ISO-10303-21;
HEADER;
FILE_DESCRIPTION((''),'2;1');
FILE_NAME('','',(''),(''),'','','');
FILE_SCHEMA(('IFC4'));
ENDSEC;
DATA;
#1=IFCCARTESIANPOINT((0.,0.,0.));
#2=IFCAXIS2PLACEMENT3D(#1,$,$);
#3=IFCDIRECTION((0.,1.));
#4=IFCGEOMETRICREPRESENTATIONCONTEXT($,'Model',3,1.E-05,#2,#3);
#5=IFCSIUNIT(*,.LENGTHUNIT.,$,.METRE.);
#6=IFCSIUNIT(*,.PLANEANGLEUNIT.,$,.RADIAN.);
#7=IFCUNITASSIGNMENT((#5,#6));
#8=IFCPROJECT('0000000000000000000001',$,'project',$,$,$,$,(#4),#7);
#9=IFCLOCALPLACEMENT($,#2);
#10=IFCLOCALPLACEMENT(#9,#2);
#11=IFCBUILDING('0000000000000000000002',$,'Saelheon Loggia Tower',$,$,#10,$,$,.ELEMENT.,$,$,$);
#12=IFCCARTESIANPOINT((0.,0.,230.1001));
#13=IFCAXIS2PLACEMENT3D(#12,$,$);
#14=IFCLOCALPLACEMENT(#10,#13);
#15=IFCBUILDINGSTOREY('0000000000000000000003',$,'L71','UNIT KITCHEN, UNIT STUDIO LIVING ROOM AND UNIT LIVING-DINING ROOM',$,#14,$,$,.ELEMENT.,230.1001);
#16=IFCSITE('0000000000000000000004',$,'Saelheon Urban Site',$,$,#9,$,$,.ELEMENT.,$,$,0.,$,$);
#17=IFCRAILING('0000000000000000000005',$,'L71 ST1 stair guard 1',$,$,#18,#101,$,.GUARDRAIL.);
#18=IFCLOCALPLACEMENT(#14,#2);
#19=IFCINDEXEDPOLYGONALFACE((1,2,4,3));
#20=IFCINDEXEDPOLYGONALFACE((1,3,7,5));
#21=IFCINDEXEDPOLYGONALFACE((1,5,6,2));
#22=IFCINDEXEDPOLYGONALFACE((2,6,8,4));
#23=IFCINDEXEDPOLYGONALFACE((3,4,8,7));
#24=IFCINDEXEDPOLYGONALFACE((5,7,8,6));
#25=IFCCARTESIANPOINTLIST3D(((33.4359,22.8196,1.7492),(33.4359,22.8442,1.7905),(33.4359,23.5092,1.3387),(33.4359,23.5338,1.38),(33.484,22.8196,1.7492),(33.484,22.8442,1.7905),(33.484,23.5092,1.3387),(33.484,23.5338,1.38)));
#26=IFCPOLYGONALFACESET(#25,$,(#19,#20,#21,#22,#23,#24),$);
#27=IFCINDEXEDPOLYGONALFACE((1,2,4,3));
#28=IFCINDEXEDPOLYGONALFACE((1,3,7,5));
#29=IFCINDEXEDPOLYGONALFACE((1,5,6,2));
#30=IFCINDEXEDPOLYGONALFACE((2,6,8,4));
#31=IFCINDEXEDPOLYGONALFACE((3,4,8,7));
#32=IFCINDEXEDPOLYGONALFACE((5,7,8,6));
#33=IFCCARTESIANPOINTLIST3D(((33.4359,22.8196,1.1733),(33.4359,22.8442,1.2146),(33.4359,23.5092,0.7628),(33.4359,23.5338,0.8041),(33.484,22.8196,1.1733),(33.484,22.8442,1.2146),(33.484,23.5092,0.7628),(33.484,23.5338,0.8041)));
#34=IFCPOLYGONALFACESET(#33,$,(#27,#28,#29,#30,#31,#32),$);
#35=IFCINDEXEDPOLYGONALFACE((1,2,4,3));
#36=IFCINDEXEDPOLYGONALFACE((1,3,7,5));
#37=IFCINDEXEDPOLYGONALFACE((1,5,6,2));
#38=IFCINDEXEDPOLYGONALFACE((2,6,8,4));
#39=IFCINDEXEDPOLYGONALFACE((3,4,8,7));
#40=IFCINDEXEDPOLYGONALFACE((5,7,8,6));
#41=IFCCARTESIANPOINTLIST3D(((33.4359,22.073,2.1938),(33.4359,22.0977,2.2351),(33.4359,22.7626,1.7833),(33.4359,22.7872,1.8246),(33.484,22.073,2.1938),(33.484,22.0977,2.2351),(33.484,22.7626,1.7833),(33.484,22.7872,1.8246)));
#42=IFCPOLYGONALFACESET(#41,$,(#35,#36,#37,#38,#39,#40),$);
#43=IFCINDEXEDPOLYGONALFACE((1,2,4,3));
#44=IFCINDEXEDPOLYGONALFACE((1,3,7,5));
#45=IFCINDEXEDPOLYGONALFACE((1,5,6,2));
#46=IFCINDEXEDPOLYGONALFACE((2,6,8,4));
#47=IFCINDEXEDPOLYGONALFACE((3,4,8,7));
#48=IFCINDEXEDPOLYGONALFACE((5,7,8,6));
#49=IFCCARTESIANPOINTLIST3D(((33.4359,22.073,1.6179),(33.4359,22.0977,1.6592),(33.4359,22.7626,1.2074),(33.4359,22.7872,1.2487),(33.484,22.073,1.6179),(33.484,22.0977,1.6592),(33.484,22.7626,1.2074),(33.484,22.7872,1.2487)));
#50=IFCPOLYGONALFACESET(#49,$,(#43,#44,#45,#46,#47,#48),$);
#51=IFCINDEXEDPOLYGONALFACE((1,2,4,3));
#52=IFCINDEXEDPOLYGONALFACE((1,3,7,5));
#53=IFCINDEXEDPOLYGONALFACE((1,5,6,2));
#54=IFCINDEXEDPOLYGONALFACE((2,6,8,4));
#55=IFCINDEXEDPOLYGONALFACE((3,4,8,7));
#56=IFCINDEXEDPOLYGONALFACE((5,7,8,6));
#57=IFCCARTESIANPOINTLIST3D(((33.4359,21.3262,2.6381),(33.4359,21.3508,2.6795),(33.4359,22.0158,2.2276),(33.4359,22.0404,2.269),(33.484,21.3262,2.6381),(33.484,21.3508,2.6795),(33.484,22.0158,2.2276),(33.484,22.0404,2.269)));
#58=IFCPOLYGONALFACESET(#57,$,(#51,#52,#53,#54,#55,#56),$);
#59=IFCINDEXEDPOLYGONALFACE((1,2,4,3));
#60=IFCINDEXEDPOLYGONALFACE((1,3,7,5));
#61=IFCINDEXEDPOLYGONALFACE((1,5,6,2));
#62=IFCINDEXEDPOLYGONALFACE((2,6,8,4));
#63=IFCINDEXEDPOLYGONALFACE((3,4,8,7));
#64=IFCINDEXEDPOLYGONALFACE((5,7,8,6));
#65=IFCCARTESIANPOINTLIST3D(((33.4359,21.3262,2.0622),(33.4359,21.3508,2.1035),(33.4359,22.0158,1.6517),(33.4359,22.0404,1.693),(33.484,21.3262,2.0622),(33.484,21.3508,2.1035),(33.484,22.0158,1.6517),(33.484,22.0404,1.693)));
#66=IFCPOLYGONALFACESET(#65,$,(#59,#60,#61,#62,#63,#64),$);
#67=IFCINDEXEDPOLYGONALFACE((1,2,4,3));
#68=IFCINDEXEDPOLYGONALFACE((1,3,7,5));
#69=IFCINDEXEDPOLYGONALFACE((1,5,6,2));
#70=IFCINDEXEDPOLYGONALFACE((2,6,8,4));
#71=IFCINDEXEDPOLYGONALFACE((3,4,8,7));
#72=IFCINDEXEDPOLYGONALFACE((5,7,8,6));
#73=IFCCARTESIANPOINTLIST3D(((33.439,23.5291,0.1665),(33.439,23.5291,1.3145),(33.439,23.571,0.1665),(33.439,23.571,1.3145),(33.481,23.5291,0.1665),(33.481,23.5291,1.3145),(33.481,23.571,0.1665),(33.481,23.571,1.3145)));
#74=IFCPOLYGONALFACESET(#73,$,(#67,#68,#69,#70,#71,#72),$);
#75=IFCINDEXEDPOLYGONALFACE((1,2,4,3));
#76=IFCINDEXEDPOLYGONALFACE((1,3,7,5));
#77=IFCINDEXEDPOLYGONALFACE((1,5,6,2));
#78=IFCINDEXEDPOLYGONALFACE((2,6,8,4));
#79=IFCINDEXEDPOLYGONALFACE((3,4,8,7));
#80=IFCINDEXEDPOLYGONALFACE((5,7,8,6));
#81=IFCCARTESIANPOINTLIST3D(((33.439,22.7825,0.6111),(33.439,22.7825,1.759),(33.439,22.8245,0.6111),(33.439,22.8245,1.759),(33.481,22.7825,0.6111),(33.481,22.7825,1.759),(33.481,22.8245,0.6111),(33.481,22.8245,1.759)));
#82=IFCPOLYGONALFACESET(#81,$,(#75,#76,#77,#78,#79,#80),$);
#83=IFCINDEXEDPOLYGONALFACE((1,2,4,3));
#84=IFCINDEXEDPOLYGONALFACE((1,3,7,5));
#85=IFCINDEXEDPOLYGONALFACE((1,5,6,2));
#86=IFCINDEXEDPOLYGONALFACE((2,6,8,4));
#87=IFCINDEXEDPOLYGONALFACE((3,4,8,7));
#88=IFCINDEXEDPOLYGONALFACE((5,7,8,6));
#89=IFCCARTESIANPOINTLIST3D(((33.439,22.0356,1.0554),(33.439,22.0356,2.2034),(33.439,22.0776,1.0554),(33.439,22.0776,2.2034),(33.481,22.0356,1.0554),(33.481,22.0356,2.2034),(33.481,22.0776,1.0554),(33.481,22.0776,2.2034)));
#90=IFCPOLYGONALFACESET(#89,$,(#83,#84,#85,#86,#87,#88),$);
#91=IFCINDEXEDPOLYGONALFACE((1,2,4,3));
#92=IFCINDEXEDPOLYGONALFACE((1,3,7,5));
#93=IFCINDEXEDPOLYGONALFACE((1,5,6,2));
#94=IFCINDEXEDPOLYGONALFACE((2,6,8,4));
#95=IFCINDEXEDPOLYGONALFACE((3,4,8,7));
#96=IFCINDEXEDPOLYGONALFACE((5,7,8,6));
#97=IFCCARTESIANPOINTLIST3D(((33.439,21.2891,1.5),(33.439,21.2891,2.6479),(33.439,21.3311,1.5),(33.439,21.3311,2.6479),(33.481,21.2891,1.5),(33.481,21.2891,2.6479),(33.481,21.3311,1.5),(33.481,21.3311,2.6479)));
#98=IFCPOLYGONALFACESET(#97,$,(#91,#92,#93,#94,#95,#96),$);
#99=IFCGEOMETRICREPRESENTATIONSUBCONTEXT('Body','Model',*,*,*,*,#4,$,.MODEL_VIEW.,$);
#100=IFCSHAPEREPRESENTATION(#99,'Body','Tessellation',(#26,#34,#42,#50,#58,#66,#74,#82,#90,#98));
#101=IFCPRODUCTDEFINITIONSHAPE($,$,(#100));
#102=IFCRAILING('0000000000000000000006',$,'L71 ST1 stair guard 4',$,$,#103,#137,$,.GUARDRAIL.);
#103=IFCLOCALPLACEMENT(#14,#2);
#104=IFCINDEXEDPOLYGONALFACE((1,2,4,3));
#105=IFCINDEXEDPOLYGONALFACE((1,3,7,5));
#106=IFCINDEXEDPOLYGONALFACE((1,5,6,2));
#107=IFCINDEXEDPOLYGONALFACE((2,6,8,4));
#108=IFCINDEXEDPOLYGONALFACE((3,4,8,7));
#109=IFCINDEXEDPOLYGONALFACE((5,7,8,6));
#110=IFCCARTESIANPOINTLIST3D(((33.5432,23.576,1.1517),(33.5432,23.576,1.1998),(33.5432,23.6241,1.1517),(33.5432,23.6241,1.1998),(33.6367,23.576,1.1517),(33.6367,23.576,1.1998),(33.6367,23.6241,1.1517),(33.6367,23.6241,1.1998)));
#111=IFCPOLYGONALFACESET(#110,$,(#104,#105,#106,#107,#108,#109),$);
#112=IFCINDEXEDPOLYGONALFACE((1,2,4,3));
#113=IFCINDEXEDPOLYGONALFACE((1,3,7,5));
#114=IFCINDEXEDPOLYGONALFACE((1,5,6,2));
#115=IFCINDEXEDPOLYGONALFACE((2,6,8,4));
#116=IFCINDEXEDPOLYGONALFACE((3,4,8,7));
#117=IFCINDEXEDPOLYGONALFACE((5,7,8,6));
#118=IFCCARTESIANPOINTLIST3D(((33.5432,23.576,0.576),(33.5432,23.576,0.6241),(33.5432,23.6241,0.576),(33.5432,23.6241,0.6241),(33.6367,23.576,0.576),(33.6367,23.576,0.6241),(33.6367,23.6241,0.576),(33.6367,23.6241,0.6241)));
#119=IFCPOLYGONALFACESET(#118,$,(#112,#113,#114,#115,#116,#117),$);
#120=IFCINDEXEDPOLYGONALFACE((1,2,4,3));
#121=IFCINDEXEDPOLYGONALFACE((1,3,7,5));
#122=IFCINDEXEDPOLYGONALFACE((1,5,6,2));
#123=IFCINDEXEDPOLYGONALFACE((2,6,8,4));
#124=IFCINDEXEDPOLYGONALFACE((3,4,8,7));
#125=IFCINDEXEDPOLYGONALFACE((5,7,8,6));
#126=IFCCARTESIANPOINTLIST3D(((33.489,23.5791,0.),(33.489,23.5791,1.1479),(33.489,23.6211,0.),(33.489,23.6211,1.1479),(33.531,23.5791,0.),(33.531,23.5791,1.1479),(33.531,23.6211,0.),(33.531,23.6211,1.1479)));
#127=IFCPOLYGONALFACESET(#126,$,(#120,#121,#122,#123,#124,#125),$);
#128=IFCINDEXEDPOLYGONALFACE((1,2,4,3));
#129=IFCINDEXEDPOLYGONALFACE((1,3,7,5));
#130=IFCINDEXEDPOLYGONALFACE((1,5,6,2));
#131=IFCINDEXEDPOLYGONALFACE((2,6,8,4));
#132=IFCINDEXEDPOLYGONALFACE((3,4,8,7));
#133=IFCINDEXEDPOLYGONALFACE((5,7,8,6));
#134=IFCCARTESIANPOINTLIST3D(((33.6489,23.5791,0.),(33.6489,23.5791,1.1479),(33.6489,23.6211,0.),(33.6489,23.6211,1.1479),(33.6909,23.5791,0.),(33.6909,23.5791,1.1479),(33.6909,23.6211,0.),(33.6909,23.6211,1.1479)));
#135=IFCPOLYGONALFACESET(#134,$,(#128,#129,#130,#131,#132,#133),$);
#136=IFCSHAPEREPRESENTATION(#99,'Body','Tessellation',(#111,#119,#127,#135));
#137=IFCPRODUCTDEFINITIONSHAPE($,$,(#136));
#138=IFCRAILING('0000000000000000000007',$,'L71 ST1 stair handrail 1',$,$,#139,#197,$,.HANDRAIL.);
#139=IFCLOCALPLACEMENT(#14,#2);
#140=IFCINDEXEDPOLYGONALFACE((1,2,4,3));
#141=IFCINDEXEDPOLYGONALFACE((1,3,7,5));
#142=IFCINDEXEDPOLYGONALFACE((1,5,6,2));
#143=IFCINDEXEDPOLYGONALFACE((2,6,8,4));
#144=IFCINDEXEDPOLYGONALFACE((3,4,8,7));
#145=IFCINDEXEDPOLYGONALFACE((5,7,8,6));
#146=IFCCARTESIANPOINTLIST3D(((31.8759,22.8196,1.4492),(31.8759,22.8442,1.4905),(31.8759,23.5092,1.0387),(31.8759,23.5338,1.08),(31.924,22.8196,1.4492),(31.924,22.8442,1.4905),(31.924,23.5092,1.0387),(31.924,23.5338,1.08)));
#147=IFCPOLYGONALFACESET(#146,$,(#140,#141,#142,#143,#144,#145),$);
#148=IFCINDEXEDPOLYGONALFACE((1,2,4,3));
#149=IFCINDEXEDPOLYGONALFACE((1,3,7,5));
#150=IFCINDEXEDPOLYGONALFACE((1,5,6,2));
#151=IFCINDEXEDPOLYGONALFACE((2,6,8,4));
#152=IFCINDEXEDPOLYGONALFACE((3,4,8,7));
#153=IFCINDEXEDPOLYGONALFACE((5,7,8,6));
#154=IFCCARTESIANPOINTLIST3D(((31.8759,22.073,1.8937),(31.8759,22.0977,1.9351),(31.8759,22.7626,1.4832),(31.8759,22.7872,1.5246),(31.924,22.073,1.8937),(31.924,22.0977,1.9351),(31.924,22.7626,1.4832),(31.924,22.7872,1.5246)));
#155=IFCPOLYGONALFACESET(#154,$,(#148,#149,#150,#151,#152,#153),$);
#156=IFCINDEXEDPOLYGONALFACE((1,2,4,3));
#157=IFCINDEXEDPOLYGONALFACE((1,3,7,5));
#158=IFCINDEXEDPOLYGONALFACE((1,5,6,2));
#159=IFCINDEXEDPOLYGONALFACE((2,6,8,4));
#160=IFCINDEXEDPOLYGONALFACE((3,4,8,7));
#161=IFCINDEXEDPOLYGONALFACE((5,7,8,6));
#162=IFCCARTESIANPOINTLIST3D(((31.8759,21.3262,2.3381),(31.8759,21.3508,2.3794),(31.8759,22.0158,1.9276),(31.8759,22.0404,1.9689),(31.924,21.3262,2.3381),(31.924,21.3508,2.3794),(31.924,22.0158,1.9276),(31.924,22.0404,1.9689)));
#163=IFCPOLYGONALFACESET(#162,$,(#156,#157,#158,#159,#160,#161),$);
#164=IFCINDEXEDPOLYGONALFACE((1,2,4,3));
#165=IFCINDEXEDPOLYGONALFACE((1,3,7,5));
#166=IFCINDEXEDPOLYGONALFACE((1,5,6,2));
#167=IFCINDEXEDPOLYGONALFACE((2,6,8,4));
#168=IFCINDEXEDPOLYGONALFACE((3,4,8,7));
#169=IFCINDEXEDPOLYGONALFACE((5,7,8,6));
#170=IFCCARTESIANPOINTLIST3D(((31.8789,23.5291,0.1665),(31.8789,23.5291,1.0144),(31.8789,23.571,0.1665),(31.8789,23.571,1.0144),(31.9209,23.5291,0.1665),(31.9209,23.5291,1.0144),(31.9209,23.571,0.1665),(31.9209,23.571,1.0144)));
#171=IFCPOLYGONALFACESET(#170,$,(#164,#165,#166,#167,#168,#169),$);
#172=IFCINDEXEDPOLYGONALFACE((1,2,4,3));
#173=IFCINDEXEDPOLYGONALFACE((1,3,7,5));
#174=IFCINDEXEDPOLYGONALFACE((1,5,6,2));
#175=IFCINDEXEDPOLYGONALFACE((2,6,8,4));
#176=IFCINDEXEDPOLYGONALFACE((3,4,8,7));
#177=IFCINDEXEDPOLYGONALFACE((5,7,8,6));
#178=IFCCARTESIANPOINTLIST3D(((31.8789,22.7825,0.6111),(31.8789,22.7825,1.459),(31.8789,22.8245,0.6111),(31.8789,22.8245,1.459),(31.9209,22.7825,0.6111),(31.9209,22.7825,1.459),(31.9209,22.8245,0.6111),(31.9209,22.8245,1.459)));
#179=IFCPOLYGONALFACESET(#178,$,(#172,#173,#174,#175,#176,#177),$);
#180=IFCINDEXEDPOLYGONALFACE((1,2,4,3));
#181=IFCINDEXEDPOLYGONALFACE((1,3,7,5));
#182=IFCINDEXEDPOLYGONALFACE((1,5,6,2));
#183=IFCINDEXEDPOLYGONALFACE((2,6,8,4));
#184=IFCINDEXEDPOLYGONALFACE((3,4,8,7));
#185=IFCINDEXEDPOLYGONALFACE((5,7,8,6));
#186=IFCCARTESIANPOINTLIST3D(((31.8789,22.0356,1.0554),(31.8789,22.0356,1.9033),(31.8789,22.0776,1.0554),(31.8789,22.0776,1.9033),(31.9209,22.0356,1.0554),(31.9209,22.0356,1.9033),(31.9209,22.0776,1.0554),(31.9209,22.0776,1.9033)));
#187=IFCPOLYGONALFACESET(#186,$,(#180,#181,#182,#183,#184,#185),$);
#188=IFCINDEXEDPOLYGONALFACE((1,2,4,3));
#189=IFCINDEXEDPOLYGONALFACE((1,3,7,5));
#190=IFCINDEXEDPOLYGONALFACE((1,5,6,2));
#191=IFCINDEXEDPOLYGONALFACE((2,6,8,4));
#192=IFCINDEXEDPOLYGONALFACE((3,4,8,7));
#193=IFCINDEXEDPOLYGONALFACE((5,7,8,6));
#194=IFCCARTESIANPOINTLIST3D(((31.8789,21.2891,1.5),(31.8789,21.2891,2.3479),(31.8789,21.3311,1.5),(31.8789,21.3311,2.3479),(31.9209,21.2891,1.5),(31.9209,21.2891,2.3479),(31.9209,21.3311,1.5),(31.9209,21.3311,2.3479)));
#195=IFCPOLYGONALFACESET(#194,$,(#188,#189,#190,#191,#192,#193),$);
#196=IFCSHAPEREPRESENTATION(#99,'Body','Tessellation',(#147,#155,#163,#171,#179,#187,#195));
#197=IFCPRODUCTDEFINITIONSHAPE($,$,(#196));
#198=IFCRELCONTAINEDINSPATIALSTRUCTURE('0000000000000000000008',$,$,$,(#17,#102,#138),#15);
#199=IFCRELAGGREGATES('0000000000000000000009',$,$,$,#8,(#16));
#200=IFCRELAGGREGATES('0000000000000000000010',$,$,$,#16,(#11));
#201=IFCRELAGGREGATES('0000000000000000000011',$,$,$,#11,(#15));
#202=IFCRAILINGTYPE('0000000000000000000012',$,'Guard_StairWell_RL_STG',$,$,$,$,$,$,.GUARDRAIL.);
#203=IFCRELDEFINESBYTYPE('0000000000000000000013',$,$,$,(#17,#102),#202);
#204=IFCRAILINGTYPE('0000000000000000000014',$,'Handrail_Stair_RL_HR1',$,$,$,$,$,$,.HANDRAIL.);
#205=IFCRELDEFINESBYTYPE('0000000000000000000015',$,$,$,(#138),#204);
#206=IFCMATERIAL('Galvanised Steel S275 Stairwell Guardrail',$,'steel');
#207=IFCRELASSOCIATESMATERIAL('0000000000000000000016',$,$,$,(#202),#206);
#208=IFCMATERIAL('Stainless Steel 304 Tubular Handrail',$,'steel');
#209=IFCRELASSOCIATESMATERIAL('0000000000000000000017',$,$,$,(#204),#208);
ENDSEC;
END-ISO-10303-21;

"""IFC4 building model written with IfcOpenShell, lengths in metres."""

from ifc_helpers import new_model, si_unit, direction, frame, origin, origin_2d, place, context, subcontext, project, spatial, rectangle, extrude, material, type_object, element, save


model = new_model("IFC4")

# Units and contexts
model_context = context("Model", 3, precision=1e-05, world=origin(), true_north=direction((0.0, 1.0)))
body_context = subcontext(model_context, "Body", "Model", "MODEL_VIEW")
ifc_project = project(units=[si_unit("LENGTHUNIT", "METRE"), si_unit("PLANEANGLEUNIT", "RADIAN")], contexts=[model_context])

# Site, building, storey
site_placement = place(None, origin())
site = spatial("IfcSite", under=ifc_project, at=site_placement, Name="Saelheon Urban Site", CompositionType="ELEMENT", RefElevation=0.0)
building_placement = place(site_placement, origin())
building = spatial("IfcBuilding", under=site, at=building_placement, Name="Saelheon Loggia Tower", CompositionType="ELEMENT")
storey_placement = place(building_placement, frame((0.0, 0.0, 230.1001)))
storey = spatial("IfcBuildingStorey", under=building, at=storey_placement, Name="L71", Description="UNIT KITCHEN, UNIT STUDIO LIVING ROOM AND UNIT LIVING-DINING ROOM", CompositionType="ELEMENT", Elevation=230.1001)

# Railings
ifc_material_1 = material(Name="Galvanised Steel S275 Stairwell Guardrail", Category="steel")
railing_type_1 = type_object("IfcRailingType", Name="Guard_StairWell_RL_STG", PredefinedType="GUARDRAIL", material=ifc_material_1)
railing_1_placement = place(storey_placement, frame((33.46, 23.55, 0.1665)))
element("IfcRailing", 1, at=railing_1_placement, inside=storey, type_object=railing_type_1, Name="L71 ST1 stair guard 1", PredefinedType="GUARDRAIL", context=body_context, shape_type="SweptSolid", body=[
    extrude(rectangle(XDim=0.0481, YDim=0.0481, at=origin_2d()), frame((0.0, -0.0286, 1.1929), z_axis=(0.0, -0.859264, 0.511532), x_axis=(1.0, 0.0, 0.0)), (0.0, 0.0, 1.0), 0.8025),
    extrude(rectangle(XDim=0.0481, YDim=0.0481, at=origin_2d()), frame((0.0, -0.0286, 0.6169), z_axis=(0.0, -0.859264, 0.511532), x_axis=(1.0, 0.0, 0.0)), (0.0, 0.0, 1.0), 0.8025),
    extrude(rectangle(XDim=0.0481, YDim=0.0481, at=origin_2d()), frame((0.0, -0.7751, 1.6375), z_axis=(0.0, -0.859264, 0.511532), x_axis=(1.0, 0.0, 0.0)), (0.0, 0.0, 1.0), 0.8025),
    extrude(rectangle(XDim=0.0481, YDim=0.0481, at=origin_2d()), frame((0.0, -0.7751, 1.0615), z_axis=(0.0, -0.859264, 0.511532), x_axis=(1.0, 0.0, 0.0)), (0.0, 0.0, 1.0), 0.8025),
    extrude(rectangle(XDim=0.0481, YDim=0.0481, at=origin_2d()), frame((0.0, -1.522, 2.0818), z_axis=(0.0, -0.859264, 0.511532), x_axis=(1.0, 0.0, 0.0)), (0.0, 0.0, 1.0), 0.8025),
    extrude(rectangle(XDim=0.0481, YDim=0.0481, at=origin_2d()), frame((0.0, -1.522, 1.5059), z_axis=(0.0, -0.859264, 0.511532), x_axis=(1.0, 0.0, 0.0)), (0.0, 0.0, 1.0), 0.8025),
    extrude(rectangle(XDim=0.042, YDim=0.042, at=origin_2d()), origin(), (0.0, 0.0, 1.0), 1.1479),
    extrude(rectangle(XDim=0.042, YDim=0.042, at=origin_2d()), frame((0.0, -0.7466, 0.4446)), (0.0, 0.0, 1.0), 1.1479),
    extrude(rectangle(XDim=0.042, YDim=0.042, at=origin_2d()), frame((0.0, -1.4934, 0.8889)), (0.0, 0.0, 1.0), 1.1479),
    extrude(rectangle(XDim=0.042, YDim=0.042, at=origin_2d()), frame((0.0, -2.24, 1.3335)), (0.0, 0.0, 1.0), 1.1479),
])
railing_2_placement = place(storey_placement, frame((33.51, 23.6001, 0.0)))
element("IfcRailing", 2, at=railing_2_placement, inside=storey, type_object=railing_type_1, Name="L71 ST1 stair guard 4", PredefinedType="GUARDRAIL", context=body_context, shape_type="SweptSolid", body=[
    extrude(rectangle(XDim=0.0481, YDim=0.0481, at=origin_2d()), frame((0.0332, 0.0, 1.1758), z_axis=(1.0, 0.0, 0.0), x_axis=(0.0, 1.0, 0.0)), (0.0, 0.0, 1.0), 0.0935),
    extrude(rectangle(XDim=0.0481, YDim=0.0481, at=origin_2d()), frame((0.0332, 0.0, 0.6001), z_axis=(1.0, 0.0, 0.0), x_axis=(0.0, 1.0, 0.0)), (0.0, 0.0, 1.0), 0.0935),
    extrude(rectangle(XDim=0.042, YDim=0.042, at=origin_2d()), origin(), (0.0, 0.0, 1.0), 1.1479),
    extrude(rectangle(XDim=0.042, YDim=0.042, at=origin_2d()), frame((0.1599, 0.0, 0.0)), (0.0, 0.0, 1.0), 1.1479),
])
ifc_material_2 = material(Name="Stainless Steel 304 Tubular Handrail", Category="steel")
railing_type_2 = type_object("IfcRailingType", Name="Handrail_Stair_RL_HR1", PredefinedType="HANDRAIL", material=ifc_material_2)
railing_3_placement = place(storey_placement, frame((31.8999, 23.55, 0.1665)))
element("IfcRailing", 3, at=railing_3_placement, inside=storey, type_object=railing_type_2, Name="L71 ST1 stair handrail 1", PredefinedType="HANDRAIL", context=body_context, shape_type="SweptSolid", body=[
    extrude(rectangle(XDim=0.0481, YDim=0.0481, at=origin_2d()), frame((0.0, -0.0286, 0.8928), z_axis=(0.0, -0.859264, 0.511532), x_axis=(1.0, 0.0, 0.0)), (0.0, 0.0, 1.0), 0.8025),
    extrude(rectangle(XDim=0.0481, YDim=0.0481, at=origin_2d()), frame((0.0, -0.7751, 1.3374), z_axis=(0.0, -0.859264, 0.511532), x_axis=(1.0, 0.0, 0.0)), (0.0, 0.0, 1.0), 0.8025),
    extrude(rectangle(XDim=0.0481, YDim=0.0481, at=origin_2d()), frame((0.0, -1.522, 1.7817), z_axis=(0.0, -0.859264, 0.511532), x_axis=(1.0, 0.0, 0.0)), (0.0, 0.0, 1.0), 0.8025),
    extrude(rectangle(XDim=0.042, YDim=0.042, at=origin_2d()), origin(), (0.0, 0.0, 1.0), 0.8479),
    extrude(rectangle(XDim=0.042, YDim=0.042, at=origin_2d()), frame((0.0, -0.7466, 0.4446)), (0.0, 0.0, 1.0), 0.8479),
    extrude(rectangle(XDim=0.042, YDim=0.042, at=origin_2d()), frame((0.0, -1.4934, 0.8889)), (0.0, 0.0, 1.0), 0.8479),
    extrude(rectangle(XDim=0.042, YDim=0.042, at=origin_2d()), frame((0.0, -2.24, 1.3335)), (0.0, 0.0, 1.0), 0.8479),
])

save(model, "model.ifc")
